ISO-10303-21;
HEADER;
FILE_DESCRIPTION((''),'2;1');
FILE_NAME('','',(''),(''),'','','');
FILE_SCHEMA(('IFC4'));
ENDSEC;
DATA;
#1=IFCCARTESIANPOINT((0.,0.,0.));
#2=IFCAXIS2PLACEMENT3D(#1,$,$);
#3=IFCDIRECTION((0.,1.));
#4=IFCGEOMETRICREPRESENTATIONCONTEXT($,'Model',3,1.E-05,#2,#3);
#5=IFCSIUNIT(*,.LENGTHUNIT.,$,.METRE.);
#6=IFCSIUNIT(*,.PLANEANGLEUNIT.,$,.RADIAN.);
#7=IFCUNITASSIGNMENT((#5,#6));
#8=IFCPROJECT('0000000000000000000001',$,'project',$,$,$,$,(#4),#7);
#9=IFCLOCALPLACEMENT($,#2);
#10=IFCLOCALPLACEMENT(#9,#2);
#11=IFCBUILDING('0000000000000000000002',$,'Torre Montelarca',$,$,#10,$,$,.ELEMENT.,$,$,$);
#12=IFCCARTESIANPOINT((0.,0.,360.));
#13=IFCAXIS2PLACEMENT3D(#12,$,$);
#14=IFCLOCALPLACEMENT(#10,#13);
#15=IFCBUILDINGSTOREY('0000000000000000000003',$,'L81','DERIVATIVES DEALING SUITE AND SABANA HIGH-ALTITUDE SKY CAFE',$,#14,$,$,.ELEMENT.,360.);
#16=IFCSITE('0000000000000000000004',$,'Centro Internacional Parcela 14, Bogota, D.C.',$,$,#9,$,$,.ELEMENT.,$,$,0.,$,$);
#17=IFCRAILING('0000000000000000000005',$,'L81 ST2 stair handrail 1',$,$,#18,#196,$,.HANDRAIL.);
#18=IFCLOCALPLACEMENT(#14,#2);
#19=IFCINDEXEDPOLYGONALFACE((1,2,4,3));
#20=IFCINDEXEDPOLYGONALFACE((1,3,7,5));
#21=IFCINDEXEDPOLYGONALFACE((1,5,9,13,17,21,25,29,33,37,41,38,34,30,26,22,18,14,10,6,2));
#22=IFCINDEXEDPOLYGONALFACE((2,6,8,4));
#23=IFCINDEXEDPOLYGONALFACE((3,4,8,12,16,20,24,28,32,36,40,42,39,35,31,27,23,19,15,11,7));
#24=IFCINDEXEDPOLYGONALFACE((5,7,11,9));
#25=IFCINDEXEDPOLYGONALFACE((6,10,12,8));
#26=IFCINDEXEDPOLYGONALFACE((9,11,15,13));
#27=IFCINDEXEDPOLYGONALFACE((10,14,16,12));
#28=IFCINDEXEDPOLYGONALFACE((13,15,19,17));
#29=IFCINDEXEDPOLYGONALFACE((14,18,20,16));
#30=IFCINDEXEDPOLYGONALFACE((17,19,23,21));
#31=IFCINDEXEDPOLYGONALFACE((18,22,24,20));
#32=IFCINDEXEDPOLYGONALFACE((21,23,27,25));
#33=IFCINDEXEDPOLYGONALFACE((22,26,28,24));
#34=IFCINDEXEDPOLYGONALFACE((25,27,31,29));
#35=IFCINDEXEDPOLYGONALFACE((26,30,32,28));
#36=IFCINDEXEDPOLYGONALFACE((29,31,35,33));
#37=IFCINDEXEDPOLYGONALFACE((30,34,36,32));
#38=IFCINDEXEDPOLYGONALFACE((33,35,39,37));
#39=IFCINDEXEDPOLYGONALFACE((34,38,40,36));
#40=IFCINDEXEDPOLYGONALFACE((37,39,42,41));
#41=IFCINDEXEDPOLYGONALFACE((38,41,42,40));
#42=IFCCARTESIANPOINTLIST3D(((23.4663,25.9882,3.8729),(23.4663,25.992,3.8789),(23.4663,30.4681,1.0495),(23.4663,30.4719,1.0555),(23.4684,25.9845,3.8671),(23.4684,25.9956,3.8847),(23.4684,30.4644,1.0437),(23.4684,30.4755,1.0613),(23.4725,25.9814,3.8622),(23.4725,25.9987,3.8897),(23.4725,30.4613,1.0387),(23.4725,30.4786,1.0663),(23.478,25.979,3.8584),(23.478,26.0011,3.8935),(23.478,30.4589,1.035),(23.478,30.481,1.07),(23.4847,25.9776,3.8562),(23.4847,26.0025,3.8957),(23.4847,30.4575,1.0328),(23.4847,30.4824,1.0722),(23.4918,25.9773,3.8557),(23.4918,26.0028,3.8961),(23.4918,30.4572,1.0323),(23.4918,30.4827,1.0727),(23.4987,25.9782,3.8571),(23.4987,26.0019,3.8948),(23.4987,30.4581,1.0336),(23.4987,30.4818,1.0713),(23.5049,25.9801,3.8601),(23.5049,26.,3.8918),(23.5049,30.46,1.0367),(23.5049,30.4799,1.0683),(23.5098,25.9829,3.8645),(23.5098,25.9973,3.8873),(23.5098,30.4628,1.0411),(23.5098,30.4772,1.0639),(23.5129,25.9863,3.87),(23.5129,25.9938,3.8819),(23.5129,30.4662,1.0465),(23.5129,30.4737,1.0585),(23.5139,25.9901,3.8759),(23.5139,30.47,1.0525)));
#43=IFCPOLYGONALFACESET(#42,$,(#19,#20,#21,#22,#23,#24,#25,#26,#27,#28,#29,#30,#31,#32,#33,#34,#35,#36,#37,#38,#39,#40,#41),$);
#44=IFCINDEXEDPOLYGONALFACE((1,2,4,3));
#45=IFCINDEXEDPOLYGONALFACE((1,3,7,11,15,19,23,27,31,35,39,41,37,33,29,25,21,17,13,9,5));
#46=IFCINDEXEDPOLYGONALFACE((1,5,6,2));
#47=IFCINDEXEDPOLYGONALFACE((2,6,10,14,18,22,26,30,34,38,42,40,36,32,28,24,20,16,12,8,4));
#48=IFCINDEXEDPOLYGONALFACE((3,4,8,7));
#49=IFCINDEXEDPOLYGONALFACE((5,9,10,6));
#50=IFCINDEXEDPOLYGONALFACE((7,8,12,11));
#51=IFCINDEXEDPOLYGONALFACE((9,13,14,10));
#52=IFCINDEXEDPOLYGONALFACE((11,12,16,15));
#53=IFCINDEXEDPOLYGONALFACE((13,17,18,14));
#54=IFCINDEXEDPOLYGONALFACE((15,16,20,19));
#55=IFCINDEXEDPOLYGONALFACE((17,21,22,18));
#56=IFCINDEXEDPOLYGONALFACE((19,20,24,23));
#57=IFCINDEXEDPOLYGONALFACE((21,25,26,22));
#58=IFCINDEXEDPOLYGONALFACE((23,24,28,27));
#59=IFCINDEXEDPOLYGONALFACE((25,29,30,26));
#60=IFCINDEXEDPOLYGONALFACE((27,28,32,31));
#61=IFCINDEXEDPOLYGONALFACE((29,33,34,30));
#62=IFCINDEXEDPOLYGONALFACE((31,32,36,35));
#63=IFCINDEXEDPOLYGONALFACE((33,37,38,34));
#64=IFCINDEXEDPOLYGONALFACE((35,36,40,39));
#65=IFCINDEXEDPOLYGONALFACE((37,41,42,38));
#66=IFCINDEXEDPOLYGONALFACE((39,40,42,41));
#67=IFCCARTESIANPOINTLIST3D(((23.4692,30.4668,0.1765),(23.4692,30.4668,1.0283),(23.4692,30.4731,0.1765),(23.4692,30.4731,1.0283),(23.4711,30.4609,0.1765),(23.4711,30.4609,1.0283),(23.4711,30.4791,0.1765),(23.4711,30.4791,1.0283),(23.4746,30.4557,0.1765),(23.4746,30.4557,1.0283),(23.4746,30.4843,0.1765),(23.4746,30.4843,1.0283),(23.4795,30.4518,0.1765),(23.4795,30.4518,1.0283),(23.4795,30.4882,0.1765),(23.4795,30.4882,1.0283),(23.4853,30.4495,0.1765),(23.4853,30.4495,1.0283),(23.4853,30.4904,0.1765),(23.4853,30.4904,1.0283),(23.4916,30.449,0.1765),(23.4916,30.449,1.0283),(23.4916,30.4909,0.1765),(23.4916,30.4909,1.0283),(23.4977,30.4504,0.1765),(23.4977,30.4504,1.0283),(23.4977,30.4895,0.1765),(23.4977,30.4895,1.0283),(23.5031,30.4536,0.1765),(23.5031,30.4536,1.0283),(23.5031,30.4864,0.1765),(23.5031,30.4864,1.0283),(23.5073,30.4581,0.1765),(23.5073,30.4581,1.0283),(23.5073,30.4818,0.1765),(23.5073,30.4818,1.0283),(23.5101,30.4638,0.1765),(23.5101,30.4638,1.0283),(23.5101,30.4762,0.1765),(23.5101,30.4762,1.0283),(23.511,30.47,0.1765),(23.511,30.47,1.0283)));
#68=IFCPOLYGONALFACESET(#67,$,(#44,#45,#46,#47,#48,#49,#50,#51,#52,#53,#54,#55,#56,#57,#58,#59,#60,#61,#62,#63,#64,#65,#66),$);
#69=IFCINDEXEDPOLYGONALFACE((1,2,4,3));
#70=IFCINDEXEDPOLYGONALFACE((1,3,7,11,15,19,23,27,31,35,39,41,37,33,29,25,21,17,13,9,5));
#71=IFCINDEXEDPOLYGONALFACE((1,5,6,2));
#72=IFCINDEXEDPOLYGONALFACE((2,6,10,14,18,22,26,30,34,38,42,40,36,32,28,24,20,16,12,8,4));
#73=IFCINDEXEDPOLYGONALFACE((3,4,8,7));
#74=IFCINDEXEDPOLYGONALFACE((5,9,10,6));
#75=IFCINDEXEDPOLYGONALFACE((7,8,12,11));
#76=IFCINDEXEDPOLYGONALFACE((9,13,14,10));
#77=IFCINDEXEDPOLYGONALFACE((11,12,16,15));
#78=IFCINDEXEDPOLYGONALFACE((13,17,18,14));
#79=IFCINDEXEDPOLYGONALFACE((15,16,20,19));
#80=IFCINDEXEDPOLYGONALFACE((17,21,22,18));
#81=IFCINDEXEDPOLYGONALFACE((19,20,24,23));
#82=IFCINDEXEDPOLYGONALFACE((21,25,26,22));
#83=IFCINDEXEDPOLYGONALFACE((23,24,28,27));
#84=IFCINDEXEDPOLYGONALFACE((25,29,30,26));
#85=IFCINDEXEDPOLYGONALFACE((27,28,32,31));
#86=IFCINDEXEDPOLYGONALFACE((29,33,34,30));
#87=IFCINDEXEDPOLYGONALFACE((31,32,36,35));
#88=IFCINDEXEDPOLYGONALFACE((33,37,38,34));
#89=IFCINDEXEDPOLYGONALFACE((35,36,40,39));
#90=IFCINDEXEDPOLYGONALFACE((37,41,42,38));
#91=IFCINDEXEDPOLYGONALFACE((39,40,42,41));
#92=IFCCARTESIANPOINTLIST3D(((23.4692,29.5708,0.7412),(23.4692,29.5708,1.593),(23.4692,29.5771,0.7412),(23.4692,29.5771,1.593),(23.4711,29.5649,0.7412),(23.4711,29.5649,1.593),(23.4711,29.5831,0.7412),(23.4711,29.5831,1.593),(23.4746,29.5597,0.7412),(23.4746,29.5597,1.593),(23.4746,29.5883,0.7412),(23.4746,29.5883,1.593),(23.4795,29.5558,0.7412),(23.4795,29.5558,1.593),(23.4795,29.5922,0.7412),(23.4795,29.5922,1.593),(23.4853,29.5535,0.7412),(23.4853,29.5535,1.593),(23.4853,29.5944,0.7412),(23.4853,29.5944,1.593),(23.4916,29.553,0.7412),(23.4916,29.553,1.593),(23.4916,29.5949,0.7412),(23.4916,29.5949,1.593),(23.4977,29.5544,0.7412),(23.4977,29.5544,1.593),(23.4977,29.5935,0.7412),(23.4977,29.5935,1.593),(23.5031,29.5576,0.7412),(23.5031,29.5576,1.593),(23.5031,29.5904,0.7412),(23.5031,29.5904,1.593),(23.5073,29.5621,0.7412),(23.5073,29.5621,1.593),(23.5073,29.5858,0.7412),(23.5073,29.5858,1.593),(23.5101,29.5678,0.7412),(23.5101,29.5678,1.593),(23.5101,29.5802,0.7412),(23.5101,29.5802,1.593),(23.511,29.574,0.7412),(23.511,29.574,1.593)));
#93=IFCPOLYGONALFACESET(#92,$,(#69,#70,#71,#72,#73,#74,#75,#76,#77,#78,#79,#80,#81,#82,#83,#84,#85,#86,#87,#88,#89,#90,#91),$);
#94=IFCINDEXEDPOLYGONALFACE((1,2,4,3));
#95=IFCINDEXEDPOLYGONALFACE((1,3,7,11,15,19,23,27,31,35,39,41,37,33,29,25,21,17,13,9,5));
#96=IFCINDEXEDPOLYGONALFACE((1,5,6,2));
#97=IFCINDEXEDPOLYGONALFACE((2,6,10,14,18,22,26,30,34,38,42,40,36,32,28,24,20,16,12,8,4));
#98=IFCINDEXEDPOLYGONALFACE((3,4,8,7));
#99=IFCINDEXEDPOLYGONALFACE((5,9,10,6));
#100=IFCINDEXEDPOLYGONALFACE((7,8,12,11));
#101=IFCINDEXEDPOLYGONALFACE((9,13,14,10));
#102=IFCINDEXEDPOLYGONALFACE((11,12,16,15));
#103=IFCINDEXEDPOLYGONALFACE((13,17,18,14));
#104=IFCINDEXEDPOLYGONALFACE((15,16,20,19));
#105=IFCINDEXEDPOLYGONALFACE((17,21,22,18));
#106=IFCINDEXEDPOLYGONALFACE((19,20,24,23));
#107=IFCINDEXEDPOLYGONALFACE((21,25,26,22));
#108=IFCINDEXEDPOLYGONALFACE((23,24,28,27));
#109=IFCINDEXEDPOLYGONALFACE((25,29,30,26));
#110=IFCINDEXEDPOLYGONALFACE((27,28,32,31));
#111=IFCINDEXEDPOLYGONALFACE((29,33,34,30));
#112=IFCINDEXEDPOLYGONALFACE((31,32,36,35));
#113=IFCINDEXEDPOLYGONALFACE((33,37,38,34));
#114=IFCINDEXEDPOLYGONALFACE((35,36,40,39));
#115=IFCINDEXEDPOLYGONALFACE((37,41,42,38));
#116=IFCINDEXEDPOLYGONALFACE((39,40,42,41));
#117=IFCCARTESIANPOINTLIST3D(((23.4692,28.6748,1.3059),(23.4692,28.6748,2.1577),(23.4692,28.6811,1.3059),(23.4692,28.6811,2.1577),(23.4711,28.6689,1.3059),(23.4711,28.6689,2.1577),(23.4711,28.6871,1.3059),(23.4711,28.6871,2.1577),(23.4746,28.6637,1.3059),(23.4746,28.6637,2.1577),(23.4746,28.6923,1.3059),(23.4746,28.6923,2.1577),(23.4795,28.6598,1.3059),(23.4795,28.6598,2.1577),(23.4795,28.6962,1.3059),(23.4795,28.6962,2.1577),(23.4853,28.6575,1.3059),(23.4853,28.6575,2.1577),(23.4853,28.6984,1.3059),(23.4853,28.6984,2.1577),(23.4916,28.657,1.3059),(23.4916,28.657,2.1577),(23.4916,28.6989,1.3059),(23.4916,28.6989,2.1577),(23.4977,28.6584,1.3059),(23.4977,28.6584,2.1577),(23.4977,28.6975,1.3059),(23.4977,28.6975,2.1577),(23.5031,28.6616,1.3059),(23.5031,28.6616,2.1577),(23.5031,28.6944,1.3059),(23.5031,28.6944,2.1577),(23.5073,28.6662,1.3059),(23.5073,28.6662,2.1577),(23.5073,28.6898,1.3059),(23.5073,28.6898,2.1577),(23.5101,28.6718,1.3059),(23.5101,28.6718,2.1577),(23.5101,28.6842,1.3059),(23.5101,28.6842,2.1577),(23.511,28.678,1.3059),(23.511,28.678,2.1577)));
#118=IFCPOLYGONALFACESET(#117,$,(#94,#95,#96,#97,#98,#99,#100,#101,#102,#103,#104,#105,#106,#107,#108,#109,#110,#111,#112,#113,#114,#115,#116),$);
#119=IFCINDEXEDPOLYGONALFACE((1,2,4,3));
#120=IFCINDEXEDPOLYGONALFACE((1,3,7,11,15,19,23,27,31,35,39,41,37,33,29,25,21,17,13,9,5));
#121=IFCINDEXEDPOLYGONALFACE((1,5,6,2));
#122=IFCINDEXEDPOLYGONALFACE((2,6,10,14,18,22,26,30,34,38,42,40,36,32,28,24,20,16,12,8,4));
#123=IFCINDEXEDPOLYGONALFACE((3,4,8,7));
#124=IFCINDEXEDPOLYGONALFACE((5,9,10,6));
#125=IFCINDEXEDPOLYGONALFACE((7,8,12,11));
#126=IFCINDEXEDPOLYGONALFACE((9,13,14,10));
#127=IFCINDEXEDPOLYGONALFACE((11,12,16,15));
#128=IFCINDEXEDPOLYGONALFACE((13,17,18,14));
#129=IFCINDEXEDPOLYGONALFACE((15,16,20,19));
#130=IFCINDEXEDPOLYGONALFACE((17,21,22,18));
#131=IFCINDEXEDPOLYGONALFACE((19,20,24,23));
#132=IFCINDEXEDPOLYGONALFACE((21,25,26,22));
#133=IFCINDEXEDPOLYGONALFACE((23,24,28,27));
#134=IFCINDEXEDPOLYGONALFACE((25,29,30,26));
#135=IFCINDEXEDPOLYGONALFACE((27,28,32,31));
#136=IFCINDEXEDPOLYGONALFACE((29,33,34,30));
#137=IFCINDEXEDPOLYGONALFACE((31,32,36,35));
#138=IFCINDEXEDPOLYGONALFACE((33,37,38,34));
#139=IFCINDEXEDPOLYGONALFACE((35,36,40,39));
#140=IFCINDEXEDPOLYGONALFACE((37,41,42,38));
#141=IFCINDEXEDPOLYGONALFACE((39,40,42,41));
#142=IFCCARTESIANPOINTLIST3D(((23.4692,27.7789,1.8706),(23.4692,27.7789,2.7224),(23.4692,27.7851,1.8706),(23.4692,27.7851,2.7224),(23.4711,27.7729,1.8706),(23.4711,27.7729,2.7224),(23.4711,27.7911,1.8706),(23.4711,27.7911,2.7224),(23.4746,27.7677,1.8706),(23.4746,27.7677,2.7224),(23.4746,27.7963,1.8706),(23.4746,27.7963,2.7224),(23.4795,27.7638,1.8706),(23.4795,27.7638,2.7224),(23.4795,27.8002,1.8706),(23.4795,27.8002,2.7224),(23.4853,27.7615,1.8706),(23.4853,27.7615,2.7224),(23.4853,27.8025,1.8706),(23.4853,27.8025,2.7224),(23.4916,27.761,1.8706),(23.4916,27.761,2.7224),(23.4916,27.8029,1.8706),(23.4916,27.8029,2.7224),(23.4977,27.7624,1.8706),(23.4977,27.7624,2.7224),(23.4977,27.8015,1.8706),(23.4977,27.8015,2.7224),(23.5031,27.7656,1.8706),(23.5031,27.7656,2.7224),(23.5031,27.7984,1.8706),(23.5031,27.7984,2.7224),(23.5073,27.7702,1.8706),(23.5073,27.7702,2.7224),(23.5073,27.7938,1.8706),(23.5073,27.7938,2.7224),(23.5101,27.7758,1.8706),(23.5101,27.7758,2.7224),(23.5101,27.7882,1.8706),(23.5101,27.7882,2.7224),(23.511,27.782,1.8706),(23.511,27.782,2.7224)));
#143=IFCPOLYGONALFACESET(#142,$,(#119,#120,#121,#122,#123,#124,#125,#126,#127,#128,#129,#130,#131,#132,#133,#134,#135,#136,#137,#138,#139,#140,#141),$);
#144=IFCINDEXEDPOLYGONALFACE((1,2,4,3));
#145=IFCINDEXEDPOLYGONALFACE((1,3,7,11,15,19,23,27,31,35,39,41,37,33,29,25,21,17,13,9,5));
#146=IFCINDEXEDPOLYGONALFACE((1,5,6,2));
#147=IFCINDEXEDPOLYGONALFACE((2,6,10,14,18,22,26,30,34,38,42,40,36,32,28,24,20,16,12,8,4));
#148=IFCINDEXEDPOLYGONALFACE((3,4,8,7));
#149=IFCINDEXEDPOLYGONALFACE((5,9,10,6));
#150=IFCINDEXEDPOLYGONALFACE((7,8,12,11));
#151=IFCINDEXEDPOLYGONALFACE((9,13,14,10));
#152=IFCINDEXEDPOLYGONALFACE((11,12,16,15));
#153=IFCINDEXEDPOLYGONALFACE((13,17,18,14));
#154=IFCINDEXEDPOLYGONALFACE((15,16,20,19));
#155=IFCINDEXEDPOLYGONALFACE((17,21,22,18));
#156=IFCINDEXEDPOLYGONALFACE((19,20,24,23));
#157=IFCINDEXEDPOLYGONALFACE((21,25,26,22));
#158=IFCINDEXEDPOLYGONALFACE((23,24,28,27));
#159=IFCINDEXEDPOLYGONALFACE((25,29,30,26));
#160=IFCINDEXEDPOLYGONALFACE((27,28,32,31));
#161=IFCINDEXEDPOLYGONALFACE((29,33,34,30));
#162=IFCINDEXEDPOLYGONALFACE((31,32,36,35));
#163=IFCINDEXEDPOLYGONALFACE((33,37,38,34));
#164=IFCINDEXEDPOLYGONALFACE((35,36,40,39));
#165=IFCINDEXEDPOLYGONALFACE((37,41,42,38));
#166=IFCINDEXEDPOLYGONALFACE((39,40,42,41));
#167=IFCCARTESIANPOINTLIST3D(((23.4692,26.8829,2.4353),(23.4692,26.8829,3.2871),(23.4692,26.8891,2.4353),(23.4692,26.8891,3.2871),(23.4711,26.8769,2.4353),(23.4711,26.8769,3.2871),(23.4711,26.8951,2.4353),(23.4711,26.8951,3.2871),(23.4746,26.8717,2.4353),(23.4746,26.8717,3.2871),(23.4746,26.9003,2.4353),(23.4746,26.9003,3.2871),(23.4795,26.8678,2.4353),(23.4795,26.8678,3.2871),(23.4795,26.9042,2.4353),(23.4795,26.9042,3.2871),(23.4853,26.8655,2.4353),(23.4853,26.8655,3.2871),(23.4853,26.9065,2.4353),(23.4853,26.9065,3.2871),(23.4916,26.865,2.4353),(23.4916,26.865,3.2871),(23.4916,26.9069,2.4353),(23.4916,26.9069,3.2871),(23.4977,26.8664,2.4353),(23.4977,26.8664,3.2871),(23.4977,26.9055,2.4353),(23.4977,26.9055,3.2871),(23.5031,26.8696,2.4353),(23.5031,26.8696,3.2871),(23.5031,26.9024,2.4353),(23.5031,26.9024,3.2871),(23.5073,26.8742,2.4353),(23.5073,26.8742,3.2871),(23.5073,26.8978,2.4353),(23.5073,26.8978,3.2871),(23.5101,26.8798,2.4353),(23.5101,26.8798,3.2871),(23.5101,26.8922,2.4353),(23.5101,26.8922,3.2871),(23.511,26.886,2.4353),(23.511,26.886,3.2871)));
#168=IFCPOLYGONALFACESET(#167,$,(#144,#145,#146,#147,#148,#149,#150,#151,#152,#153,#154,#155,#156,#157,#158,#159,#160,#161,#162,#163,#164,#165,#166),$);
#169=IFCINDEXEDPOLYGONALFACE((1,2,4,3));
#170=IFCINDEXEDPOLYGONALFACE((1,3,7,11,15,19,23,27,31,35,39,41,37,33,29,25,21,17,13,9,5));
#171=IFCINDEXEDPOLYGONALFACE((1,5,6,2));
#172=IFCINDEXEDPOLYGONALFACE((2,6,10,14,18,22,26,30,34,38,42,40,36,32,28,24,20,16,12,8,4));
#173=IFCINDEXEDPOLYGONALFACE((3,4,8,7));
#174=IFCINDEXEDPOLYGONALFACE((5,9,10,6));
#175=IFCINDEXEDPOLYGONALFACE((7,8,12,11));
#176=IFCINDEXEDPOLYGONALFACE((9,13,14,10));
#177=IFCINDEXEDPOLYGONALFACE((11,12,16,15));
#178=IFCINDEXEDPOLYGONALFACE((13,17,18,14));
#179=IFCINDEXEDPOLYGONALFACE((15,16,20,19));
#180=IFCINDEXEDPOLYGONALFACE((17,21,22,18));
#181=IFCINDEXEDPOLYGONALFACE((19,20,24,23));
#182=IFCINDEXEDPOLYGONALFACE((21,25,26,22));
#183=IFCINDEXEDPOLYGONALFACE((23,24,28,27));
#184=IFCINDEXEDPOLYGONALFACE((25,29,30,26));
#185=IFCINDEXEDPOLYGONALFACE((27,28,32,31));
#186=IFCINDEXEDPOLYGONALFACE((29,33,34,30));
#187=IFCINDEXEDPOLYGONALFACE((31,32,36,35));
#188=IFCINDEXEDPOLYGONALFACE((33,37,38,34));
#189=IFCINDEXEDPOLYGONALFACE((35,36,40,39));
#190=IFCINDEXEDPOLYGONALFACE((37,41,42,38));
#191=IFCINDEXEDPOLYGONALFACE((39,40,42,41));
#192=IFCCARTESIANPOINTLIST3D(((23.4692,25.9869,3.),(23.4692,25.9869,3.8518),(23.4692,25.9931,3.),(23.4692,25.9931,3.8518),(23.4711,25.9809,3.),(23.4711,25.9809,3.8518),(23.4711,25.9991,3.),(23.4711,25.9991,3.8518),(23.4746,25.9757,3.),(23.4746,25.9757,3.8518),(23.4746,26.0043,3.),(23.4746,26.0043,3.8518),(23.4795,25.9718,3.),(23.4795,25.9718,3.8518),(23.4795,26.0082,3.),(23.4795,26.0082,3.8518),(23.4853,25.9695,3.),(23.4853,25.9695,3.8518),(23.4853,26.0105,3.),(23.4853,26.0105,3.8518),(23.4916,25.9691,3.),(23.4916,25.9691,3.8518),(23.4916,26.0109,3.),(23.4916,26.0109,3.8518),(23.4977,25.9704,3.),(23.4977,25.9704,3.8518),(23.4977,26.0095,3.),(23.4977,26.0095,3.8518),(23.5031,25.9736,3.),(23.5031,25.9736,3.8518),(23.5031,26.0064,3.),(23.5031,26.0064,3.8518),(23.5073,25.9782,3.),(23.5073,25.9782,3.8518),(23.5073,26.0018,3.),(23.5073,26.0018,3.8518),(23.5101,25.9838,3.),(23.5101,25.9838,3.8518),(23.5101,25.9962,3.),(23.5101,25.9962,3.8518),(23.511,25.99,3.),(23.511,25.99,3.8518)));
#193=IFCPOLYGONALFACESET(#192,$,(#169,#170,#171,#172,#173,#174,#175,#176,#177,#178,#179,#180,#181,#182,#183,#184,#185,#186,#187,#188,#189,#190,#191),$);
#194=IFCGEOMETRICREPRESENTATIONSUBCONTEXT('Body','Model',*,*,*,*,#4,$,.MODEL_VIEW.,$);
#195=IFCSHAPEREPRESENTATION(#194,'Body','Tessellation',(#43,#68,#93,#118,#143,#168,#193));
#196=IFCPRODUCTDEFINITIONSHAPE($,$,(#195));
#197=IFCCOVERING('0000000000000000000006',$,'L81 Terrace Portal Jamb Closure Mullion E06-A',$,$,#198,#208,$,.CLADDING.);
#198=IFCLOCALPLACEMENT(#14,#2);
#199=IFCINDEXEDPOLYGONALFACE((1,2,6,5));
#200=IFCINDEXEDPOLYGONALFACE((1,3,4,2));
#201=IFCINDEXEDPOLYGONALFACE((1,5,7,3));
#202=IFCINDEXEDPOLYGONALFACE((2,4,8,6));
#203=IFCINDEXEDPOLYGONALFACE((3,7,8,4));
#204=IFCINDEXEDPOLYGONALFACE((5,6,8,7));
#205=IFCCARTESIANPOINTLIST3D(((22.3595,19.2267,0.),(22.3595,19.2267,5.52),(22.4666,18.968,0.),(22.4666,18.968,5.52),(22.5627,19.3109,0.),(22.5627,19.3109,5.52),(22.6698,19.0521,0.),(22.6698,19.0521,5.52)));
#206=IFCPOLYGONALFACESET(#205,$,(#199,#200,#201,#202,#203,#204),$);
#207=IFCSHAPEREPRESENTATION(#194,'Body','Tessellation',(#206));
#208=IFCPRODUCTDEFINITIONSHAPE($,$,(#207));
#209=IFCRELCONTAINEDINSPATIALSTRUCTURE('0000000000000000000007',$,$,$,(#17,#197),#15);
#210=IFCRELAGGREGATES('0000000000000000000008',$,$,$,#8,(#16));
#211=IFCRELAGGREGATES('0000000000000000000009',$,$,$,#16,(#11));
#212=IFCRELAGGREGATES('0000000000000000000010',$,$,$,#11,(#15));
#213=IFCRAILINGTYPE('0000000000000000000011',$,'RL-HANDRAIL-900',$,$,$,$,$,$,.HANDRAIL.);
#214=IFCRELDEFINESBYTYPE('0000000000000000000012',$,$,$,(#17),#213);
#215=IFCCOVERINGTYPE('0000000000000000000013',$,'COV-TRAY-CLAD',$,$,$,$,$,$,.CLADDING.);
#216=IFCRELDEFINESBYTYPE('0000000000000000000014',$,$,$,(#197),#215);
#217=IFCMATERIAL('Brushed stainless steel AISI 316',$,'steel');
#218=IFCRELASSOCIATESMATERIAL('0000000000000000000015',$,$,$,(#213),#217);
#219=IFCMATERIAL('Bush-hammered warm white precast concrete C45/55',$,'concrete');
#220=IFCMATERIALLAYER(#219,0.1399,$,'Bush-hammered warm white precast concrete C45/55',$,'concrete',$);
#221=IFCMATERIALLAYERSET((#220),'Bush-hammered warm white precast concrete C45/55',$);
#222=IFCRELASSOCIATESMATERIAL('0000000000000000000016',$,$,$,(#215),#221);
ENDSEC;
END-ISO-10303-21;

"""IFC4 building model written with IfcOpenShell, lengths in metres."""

from ifc_helpers import new_model, si_unit, direction, frame, origin, origin_2d, place, context, subcontext, project, spatial, rectangle, circle, extrude, source, transform, mapped, material, layer, layer_set, type_object, element, save


model = new_model("IFC4")

# Units and contexts
model_context = context("Model", 3, precision=1e-05, world=origin(), true_north=direction((0.0, 1.0)))
body_context = subcontext(model_context, "Body", "Model", "MODEL_VIEW")
ifc_project = project(units=[si_unit("LENGTHUNIT", "METRE"), si_unit("PLANEANGLEUNIT", "RADIAN")], contexts=[model_context])

# Site, building, storey
site_placement = place(None, origin())
site = spatial("IfcSite", under=ifc_project, at=site_placement, Name="Centro Internacional Parcela 14, Bogota, D.C.", CompositionType="ELEMENT", RefElevation=0.0)
building_placement = place(site_placement, origin())
building = spatial("IfcBuilding", under=site, at=building_placement, Name="Torre Montelarca", CompositionType="ELEMENT")
storey_placement = place(building_placement, frame((0.0, 0.0, 360.0)))
storey = spatial("IfcBuildingStorey", under=building, at=storey_placement, Name="L81", Description="DERIVATIVES DEALING SUITE AND SABANA HIGH-ALTITUDE SKY CAFE", CompositionType="ELEMENT", Elevation=360.0)

# Railing
ifc_material_1 = material(Name="Brushed stainless steel AISI 316", Category="steel")
railing_type_1 = type_object("IfcRailingType", Name="RL-HANDRAIL-900", PredefinedType="HANDRAIL", material=ifc_material_1)
railing_1_placement = place(storey_placement, frame((23.49, 30.47, 0.1765)))
element("IfcRailing", 1, at=railing_1_placement, inside=storey, type_object=railing_type_1, Name="L81 ST2 stair handrail 1", PredefinedType="HANDRAIL", context=body_context, shape_type="SweptSolid", body=[
    extrude(circle(Radius=0.0239, at=origin_2d()), frame((0.0, 0.0, 0.876), z_axis=(0.0, -0.845998, 0.533186), x_axis=(1.0, 0.0, 0.0)), (0.0, 0.0, 1.0), 5.2954),
    extrude(circle(Radius=0.021, at=origin_2d()), origin(), (0.0, 0.0, 1.0), 0.8518),
    extrude(circle(Radius=0.021, at=origin_2d()), frame((0.0, -0.896, 0.5647)), (0.0, 0.0, 1.0), 0.8518),
    extrude(circle(Radius=0.021, at=origin_2d()), frame((0.0, -1.792, 1.1294)), (0.0, 0.0, 1.0), 0.8518),
    extrude(circle(Radius=0.021, at=origin_2d()), frame((0.0, -2.688, 1.6941)), (0.0, 0.0, 1.0), 0.8518),
    extrude(circle(Radius=0.021, at=origin_2d()), frame((0.0, -3.584, 2.2588)), (0.0, 0.0, 1.0), 0.8518),
    extrude(circle(Radius=0.021, at=origin_2d()), frame((0.0, -4.48, 2.8235)), (0.0, 0.0, 1.0), 0.8518),
])

# Covering
ifc_material_2 = material(Name="Bush-hammered warm white precast concrete C45/55", Category="concrete")
ifc_layer_1 = layer(ifc_material_2, 0.1399, Name="Bush-hammered warm white precast concrete C45/55", Category="concrete")
ifc_layer_set_1 = layer_set([ifc_layer_1], Name="Bush-hammered warm white precast concrete C45/55")
covering_type = type_object("IfcCoveringType", Name="COV-TRAY-CLAD", PredefinedType="CLADDING", material=ifc_layer_set_1)
shared_shape_1 = source(origin(), body_context, "Body", "SweptSolid", [
    extrude(rectangle(XDim=0.22, YDim=0.28, at=origin_2d()), origin(), (0.0, 0.0, 1.0), 5.52),
])
for number, where, z_axis, x_axis, name in (
    (2, (22.5146, 19.1394, 0.0), (0.0, 0.0, 1.0), (0.923878, 0.382687, 0.0), "L81 Terrace Portal Jamb Closure Mullion E06-A"),
):
    element("IfcCovering", number, at=place(storey_placement, frame(where, z_axis=z_axis, x_axis=x_axis)), inside=storey, type_object=covering_type, Name=name, PredefinedType="CLADDING", context=body_context, shape_type="MappedRepresentation", body=[
        mapped(shared_shape_1, transform((0.0, 0.0, 0.0), scale=1.0)),
    ])

save(model, "model.ifc")
